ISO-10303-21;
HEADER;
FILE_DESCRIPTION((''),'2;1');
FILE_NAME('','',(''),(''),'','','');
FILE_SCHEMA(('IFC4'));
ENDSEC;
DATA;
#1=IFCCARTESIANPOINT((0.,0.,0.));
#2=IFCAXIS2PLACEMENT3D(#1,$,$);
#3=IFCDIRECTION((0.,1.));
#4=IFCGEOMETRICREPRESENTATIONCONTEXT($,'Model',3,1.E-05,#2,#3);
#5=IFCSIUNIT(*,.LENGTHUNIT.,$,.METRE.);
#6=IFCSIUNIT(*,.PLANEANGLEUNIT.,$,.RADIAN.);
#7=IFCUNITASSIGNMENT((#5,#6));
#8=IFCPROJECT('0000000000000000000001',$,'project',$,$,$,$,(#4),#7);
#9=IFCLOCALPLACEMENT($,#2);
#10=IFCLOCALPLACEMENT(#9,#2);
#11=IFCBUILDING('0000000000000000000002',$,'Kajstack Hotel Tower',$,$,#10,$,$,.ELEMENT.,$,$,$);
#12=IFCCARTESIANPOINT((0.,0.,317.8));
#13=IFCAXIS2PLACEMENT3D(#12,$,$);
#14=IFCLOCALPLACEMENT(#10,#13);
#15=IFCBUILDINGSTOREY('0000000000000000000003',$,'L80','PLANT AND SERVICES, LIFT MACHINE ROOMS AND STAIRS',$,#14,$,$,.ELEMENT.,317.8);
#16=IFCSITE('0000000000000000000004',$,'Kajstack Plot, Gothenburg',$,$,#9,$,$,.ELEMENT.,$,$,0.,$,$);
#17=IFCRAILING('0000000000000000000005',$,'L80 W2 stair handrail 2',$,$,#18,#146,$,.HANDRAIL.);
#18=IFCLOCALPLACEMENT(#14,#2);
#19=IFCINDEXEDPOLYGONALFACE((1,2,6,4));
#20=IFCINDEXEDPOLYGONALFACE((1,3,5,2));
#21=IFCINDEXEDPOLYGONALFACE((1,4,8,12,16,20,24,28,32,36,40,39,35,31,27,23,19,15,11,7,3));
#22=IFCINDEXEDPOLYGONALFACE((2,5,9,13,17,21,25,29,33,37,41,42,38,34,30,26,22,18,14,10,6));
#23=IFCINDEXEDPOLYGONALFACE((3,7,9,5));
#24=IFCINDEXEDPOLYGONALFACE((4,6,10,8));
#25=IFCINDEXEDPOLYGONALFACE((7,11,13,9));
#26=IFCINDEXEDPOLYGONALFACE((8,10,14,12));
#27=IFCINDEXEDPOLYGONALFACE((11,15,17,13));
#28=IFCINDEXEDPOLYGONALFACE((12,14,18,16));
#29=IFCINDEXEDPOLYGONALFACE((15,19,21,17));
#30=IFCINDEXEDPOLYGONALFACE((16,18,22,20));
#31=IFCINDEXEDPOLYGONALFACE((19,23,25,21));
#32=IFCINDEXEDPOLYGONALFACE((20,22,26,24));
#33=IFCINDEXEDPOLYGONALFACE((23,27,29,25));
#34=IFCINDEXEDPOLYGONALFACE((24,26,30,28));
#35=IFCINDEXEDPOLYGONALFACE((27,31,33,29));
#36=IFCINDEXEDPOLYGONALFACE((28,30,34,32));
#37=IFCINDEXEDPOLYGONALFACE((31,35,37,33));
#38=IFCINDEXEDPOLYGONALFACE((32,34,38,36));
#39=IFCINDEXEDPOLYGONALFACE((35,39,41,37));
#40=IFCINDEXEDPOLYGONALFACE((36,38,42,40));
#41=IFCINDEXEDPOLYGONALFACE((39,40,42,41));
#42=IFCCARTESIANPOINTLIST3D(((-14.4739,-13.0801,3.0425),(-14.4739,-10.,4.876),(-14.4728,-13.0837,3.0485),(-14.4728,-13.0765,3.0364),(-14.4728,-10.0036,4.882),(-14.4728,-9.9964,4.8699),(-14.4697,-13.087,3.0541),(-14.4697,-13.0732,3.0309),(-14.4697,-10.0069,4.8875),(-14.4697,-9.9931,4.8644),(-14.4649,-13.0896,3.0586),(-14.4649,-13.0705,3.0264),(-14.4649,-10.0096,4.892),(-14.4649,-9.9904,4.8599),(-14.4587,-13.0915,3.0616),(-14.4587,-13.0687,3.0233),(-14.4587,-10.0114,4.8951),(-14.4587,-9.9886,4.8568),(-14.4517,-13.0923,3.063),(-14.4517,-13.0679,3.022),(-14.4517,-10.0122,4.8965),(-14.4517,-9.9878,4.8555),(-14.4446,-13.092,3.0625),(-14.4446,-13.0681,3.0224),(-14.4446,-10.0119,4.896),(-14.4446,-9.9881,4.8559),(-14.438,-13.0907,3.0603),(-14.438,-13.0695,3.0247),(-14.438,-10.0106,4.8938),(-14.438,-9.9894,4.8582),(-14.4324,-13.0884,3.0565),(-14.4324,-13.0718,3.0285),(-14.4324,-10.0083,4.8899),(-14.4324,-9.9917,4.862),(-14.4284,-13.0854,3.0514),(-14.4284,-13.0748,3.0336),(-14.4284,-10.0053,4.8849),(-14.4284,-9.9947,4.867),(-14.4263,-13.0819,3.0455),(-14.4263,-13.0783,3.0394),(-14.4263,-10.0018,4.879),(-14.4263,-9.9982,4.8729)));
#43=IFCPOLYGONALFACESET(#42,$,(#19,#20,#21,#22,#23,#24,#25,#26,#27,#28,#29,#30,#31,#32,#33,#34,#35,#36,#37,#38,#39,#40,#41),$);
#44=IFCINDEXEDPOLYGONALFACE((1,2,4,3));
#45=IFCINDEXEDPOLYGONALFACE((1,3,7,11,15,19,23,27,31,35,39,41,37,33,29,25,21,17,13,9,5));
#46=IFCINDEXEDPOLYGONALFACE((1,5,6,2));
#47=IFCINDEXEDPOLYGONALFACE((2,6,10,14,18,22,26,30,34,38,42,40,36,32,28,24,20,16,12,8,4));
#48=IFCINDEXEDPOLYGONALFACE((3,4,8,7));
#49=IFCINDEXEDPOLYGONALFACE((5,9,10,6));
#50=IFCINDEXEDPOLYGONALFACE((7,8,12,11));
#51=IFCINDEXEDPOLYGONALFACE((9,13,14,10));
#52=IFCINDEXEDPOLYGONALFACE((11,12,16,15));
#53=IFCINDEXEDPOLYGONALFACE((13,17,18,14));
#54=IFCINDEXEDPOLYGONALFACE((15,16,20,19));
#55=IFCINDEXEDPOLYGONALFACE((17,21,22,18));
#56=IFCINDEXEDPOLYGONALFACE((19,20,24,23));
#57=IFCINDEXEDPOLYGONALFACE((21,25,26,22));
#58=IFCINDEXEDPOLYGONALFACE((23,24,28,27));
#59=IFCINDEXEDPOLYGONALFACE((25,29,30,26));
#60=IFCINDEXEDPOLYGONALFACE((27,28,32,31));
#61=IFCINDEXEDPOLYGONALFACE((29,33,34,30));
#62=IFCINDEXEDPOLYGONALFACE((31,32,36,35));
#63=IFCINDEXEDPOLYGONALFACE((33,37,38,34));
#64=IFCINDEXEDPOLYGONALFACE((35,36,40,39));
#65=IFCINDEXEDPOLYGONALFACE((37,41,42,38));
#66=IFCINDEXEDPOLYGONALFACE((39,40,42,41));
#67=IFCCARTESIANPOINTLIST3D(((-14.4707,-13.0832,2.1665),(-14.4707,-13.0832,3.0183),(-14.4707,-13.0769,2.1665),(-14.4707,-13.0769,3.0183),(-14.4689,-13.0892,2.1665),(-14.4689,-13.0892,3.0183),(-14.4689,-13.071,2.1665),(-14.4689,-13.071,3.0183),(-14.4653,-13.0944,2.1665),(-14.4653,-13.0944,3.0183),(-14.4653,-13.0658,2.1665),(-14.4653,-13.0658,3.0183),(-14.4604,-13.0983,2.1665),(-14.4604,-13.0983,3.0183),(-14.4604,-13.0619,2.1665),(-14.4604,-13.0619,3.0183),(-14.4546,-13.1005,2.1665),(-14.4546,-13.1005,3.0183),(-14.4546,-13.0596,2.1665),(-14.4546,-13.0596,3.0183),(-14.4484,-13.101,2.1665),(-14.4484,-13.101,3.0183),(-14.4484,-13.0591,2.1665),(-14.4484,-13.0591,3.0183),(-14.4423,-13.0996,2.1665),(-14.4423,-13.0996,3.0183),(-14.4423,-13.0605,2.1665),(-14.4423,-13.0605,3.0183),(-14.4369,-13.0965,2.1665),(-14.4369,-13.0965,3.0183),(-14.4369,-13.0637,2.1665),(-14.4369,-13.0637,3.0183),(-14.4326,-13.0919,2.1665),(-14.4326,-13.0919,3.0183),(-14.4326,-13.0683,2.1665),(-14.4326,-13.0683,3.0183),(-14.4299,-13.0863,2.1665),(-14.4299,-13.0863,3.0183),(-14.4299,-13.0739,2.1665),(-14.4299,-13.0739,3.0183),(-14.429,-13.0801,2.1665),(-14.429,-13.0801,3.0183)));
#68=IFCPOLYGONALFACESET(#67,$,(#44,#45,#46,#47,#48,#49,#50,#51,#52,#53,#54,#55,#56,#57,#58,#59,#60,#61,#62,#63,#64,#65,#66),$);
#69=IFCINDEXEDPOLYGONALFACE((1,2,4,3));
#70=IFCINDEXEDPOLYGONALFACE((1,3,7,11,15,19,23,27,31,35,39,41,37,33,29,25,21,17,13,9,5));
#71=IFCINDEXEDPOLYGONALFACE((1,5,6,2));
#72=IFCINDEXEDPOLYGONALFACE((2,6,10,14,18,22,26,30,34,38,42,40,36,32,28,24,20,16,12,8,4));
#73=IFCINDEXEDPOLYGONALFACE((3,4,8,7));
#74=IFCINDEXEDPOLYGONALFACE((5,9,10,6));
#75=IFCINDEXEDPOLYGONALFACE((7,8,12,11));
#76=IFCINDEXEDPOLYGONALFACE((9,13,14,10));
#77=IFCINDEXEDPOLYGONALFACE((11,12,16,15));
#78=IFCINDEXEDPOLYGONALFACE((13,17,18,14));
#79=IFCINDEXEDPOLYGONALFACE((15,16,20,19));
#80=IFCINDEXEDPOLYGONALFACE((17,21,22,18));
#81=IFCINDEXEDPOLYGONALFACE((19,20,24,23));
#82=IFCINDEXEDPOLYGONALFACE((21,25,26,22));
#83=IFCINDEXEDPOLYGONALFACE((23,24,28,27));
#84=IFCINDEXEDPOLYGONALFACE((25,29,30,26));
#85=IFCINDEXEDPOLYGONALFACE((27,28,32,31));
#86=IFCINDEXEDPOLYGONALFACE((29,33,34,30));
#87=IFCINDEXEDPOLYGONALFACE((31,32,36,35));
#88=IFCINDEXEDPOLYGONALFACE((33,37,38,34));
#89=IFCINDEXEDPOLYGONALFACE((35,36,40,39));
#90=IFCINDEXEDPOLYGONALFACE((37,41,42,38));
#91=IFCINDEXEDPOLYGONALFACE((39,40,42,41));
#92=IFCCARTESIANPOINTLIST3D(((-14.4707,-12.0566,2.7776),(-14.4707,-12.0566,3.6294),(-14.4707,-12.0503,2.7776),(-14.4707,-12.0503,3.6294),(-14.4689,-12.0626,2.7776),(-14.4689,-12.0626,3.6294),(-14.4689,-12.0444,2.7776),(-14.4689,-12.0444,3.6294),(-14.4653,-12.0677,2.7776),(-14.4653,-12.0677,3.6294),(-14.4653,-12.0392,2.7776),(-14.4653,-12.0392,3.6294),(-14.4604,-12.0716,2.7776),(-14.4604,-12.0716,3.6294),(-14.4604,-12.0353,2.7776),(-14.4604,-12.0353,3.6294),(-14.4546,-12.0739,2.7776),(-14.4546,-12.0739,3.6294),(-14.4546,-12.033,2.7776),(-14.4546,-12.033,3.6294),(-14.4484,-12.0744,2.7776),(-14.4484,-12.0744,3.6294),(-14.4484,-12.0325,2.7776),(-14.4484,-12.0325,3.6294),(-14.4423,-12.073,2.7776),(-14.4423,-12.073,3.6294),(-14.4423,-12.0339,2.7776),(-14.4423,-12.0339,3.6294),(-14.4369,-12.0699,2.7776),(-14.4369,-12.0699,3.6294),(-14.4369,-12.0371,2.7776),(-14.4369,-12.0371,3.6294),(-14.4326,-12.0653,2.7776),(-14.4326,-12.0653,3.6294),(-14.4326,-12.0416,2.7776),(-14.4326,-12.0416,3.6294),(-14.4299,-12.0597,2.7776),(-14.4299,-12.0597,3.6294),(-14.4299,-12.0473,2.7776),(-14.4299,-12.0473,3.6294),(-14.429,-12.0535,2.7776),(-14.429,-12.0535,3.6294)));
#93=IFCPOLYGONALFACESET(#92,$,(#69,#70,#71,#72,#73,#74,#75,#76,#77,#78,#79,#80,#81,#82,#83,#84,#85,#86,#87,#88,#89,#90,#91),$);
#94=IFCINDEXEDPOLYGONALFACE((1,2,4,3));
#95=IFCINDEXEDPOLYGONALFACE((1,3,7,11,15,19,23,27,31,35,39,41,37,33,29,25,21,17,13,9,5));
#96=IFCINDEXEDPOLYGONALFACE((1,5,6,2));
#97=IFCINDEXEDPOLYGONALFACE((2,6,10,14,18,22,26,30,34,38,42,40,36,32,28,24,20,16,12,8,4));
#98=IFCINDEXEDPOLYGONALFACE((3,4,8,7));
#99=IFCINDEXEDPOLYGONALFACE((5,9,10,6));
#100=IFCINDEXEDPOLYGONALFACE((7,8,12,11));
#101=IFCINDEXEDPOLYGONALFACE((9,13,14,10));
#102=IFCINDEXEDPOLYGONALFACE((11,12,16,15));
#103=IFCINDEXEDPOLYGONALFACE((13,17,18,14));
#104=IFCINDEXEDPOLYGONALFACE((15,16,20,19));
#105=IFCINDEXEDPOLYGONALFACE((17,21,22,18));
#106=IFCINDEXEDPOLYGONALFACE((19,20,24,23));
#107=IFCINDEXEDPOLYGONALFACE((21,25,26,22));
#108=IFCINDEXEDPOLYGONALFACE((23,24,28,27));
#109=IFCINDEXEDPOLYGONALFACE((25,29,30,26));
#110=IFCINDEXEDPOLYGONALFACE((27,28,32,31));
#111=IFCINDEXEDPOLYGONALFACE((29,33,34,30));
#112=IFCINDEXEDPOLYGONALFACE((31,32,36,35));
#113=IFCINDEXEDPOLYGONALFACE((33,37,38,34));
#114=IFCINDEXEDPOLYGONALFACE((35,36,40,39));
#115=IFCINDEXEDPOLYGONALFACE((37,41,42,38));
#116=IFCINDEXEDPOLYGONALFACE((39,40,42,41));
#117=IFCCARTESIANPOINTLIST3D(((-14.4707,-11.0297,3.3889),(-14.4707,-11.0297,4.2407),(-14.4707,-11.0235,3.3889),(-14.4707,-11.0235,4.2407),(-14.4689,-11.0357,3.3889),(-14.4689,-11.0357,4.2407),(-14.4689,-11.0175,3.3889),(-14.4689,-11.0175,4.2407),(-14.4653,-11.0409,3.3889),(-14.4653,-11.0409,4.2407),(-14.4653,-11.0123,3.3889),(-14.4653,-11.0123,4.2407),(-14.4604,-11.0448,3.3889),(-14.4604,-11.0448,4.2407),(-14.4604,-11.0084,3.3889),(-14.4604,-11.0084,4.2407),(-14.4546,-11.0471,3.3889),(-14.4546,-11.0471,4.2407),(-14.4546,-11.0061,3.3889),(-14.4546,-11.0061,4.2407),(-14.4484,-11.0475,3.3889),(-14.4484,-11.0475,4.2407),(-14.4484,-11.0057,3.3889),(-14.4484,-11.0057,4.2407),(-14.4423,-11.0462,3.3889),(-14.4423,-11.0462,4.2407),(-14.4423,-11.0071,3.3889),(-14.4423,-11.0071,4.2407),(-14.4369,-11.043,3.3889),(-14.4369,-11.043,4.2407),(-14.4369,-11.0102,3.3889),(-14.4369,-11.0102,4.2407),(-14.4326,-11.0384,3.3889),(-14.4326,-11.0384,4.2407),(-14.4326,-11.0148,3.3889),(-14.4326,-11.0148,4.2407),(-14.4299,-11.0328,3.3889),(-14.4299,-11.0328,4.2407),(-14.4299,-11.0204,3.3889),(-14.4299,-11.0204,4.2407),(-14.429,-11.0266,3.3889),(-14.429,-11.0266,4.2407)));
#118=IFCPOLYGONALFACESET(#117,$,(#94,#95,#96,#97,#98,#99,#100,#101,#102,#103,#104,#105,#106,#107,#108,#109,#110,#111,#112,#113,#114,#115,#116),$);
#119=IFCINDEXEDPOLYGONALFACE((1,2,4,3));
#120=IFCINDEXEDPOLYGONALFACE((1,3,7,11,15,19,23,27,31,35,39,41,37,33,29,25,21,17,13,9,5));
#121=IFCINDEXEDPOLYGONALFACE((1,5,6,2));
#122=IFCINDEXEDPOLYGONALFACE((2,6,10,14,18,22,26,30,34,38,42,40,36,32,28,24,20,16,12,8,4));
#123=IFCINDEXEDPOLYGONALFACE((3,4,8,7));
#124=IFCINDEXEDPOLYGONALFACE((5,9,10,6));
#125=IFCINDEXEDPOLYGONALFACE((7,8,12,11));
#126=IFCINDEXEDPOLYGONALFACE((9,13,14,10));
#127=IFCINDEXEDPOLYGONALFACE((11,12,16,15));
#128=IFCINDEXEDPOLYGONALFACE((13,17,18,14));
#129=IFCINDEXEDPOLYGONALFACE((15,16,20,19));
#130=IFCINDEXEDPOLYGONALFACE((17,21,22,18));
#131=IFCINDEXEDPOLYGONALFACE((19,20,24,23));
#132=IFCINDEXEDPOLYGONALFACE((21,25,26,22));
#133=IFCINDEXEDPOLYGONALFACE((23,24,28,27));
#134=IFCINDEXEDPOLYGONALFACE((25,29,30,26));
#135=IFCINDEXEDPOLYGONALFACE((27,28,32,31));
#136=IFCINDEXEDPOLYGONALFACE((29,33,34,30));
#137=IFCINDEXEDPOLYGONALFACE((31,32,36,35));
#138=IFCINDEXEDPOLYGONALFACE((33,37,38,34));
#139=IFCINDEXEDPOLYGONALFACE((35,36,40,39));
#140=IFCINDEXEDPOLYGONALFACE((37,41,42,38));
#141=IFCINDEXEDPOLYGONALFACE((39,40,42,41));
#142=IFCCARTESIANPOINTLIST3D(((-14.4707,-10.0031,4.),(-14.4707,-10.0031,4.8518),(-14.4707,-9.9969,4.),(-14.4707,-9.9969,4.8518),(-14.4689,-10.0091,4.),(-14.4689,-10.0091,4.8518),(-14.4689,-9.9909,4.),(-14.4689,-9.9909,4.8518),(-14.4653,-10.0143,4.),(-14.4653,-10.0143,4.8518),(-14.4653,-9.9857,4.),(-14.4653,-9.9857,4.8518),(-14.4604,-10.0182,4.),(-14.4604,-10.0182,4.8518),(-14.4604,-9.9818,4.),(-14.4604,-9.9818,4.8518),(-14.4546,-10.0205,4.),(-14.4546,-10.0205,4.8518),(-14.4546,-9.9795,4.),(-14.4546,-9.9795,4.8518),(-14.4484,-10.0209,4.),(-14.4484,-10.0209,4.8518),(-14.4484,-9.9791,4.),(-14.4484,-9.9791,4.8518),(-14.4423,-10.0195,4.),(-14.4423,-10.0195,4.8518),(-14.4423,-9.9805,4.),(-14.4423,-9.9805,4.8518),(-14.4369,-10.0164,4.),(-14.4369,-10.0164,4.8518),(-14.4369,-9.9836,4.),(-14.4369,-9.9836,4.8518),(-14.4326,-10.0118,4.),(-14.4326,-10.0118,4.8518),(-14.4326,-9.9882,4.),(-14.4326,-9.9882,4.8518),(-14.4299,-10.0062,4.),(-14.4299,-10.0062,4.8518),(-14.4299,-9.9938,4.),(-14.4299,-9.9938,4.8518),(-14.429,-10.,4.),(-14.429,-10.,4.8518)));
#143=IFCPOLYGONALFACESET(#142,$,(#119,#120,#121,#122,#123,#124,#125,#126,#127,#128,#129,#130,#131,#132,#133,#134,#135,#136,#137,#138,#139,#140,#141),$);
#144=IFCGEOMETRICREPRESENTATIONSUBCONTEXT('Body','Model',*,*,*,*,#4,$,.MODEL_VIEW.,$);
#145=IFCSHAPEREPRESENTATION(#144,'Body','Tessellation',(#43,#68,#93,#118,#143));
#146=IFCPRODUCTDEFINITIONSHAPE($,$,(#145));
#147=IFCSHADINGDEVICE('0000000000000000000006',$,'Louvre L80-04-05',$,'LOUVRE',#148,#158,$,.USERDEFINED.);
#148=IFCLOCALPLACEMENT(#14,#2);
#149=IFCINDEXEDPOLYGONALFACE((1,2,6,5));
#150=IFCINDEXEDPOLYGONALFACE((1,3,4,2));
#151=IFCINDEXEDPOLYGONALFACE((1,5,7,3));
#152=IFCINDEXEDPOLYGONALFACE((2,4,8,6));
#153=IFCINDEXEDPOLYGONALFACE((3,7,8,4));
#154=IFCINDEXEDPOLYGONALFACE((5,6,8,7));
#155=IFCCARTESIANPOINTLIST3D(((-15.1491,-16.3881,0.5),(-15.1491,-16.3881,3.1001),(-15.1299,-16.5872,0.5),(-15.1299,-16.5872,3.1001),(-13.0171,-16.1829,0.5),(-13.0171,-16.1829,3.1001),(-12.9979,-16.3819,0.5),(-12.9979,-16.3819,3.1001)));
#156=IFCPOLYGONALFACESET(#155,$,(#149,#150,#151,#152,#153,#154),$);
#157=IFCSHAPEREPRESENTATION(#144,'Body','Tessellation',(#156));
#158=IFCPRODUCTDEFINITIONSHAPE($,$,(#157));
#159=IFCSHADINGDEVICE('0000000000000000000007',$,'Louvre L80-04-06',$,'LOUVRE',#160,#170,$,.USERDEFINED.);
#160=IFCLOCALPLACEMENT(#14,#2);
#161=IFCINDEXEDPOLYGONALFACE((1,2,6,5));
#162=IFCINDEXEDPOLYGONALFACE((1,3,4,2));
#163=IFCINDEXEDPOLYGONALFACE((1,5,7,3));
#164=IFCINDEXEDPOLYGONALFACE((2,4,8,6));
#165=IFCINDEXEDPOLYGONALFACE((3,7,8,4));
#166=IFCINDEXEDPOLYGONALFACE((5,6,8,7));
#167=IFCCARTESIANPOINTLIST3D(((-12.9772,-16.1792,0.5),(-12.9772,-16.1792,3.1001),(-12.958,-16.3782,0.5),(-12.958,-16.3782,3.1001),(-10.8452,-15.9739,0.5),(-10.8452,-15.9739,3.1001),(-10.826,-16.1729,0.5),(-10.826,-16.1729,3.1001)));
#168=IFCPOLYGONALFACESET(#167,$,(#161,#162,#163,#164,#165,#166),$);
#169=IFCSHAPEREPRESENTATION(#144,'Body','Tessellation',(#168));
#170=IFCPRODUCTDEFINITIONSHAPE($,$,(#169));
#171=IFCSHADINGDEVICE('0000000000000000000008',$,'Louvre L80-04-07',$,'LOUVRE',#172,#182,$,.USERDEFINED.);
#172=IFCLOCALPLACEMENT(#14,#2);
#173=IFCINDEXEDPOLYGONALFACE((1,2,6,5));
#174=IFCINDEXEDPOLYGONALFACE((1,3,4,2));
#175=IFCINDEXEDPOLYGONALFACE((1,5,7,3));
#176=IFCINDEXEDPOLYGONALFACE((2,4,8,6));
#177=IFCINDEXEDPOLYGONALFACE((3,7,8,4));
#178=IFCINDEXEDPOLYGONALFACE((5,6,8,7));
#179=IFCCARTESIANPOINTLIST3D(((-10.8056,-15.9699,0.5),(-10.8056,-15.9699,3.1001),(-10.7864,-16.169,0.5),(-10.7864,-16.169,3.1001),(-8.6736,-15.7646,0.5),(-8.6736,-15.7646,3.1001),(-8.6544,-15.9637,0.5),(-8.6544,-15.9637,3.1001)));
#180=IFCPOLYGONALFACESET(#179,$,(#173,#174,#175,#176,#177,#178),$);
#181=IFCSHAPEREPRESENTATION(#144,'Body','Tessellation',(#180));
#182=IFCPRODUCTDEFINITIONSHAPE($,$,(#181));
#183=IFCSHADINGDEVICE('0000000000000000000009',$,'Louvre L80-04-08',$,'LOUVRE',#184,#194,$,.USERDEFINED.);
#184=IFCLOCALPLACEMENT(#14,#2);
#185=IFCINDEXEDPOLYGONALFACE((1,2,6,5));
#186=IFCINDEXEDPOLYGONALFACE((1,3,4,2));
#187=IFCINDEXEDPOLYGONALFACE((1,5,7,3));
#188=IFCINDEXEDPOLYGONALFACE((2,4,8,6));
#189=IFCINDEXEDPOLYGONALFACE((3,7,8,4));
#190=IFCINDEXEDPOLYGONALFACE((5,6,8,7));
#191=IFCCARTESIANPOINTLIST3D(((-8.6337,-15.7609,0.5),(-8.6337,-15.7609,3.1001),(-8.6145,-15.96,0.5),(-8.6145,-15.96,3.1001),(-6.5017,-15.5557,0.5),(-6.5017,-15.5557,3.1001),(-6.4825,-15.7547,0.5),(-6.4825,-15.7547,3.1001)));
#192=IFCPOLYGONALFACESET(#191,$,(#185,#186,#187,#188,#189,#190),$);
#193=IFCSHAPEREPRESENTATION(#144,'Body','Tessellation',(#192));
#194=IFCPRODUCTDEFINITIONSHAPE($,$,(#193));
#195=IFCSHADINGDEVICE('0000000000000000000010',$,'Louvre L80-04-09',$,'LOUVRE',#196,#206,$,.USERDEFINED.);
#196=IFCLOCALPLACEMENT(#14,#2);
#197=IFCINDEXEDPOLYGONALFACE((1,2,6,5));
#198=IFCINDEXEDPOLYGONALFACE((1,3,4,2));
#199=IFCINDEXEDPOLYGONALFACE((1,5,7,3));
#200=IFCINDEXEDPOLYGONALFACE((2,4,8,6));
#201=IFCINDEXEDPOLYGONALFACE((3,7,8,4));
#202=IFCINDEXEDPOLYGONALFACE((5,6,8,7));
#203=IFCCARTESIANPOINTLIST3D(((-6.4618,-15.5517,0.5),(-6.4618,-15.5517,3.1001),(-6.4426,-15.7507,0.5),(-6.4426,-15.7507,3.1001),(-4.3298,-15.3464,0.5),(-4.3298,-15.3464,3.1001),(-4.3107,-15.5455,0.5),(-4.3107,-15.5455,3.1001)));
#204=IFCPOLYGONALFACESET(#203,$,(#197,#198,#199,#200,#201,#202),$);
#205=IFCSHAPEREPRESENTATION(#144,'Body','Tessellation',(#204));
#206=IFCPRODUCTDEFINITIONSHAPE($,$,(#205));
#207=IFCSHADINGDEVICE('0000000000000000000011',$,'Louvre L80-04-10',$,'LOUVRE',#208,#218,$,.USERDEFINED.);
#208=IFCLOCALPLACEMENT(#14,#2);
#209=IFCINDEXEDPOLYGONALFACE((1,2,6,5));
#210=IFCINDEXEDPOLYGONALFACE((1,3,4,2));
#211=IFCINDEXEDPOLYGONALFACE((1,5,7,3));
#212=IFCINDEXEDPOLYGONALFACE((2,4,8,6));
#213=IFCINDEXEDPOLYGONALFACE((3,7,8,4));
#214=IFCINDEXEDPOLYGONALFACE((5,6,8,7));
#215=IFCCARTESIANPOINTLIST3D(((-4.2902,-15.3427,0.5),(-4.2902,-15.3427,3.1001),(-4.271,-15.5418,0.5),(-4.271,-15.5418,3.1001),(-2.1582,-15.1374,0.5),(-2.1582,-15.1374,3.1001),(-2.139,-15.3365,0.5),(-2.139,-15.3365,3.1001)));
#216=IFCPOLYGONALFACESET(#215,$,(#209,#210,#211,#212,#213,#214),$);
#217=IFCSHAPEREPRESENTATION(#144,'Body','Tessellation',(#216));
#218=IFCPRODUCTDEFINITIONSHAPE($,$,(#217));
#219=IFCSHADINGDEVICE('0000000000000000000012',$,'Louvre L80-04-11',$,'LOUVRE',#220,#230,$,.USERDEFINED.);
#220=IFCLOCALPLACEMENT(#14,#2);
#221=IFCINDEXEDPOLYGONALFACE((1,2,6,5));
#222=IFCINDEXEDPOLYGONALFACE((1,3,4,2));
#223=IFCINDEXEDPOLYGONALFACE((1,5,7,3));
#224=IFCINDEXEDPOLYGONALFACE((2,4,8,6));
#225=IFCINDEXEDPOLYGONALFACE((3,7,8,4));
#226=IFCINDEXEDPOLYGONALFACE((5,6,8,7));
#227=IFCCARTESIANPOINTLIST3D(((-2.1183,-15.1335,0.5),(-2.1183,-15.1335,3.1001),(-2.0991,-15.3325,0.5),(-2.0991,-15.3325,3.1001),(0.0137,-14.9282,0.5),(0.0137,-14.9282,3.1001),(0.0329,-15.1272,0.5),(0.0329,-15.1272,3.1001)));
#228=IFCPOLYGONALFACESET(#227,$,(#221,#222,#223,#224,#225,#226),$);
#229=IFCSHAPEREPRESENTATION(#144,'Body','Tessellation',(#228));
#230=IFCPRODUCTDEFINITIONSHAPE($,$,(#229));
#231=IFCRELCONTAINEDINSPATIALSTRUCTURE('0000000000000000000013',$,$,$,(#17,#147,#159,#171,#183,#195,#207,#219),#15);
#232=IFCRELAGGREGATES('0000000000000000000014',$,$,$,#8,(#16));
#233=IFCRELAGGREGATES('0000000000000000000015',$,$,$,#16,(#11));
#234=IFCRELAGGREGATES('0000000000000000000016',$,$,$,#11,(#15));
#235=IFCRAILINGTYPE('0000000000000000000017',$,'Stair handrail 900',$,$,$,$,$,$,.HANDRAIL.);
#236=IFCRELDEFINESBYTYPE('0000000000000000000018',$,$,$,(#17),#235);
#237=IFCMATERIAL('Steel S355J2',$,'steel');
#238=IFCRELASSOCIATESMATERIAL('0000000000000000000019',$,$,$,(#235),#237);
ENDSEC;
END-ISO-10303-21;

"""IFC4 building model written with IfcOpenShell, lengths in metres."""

from ifc_helpers import new_model, si_unit, direction, frame, origin, origin_2d, place, context, subcontext, project, spatial, rectangle, circle, extrude, material, type_object, element, save


model = new_model("IFC4")

# Units and contexts
model_context = context("Model", 3, precision=1e-05, world=origin(), true_north=direction((0.0, 1.0)))
body_context = subcontext(model_context, "Body", "Model", "MODEL_VIEW")
ifc_project = project(units=[si_unit("LENGTHUNIT", "METRE"), si_unit("PLANEANGLEUNIT", "RADIAN")], contexts=[model_context])

# Site, building, storey
site_placement = place(None, origin())
site = spatial("IfcSite", under=ifc_project, at=site_placement, Name="Kajstack Plot, Gothenburg", CompositionType="ELEMENT", RefElevation=0.0)
building_placement = place(site_placement, origin())
building = spatial("IfcBuilding", under=site, at=building_placement, Name="Kajstack Hotel Tower", CompositionType="ELEMENT")
storey_placement = place(building_placement, frame((0.0, 0.0, 317.8)))
storey = spatial("IfcBuildingStorey", under=building, at=storey_placement, Name="L80", Description="PLANT AND SERVICES, LIFT MACHINE ROOMS AND STAIRS", CompositionType="ELEMENT", Elevation=317.8)

# Shared definitions
ifc_material_1 = material(Name="Steel S355J2", Category="steel")

# Railing
railing_type = type_object("IfcRailingType", Name="Stair handrail 900", PredefinedType="HANDRAIL", material=ifc_material_1)
railing_placement = place(storey_placement, frame((-14.45, -13.0801, 2.1665)))
element("IfcRailing", 1, at=railing_placement, inside=storey, type_object=railing_type, Name="L80 W2 stair handrail 2", PredefinedType="HANDRAIL", context=body_context, shape_type="SweptSolid", body=[
    extrude(circle(Radius=0.0239, at=origin_2d()), frame((0.0, 0.0, 0.876), z_axis=(0.0, 0.859279, 0.511508), x_axis=(-1.0, 0.0, 0.0)), (0.0, 0.0, 1.0), 3.5845),
    extrude(circle(Radius=0.021, at=origin_2d()), origin(), (0.0, 0.0, 1.0), 0.8518),
    extrude(circle(Radius=0.021, at=origin_2d()), frame((0.0, 1.0266, 0.6111)), (0.0, 0.0, 1.0), 0.8518),
    extrude(circle(Radius=0.021, at=origin_2d()), frame((0.0, 2.0535, 1.2224)), (0.0, 0.0, 1.0), 0.8518),
    extrude(circle(Radius=0.021, at=origin_2d()), frame((0.0, 3.0801, 1.8335)), (0.0, 0.0, 1.0), 0.8518),
])

# Shading devices
for number, where, z_axis, x_axis, name in (
    (2, (-14.0735, -16.385, 0.5), (0.0, 0.0, 1.0), (0.995396, 0.095846, 0.0), "Louvre L80-04-05"),
    (3, (-11.9016, -16.176, 0.5), (0.0, 0.0, 1.0), (0.995396, 0.095846, 0.0), "Louvre L80-04-06"),
    (4, (-9.73, -15.9668, 0.5), (0.0, 0.0, 1.0), (0.995396, 0.095846, 0.0), "Louvre L80-04-07"),
    (5, (-7.5581, -15.7578, 0.5), (0.0, 0.0, 1.0), (0.995396, 0.095846, 0.0), "Louvre L80-04-08"),
    (6, (-5.3862, -15.5486, 0.5), (0.0, 0.0, 1.0), (0.995396, 0.095846, 0.0), "Louvre L80-04-09"),
    (7, (-3.2146, -15.3396, 0.5), (0.0, 0.0, 1.0), (0.995396, 0.095846, 0.0), "Louvre L80-04-10"),
    (8, (-1.0427, -15.1304, 0.5), (0.0, 0.0, 1.0), (0.995396, 0.095846, 0.0), "Louvre L80-04-11"),
):
    element("IfcShadingDevice", number, at=place(storey_placement, frame(where, z_axis=z_axis, x_axis=x_axis)), inside=storey, Name=name, ObjectType="LOUVRE", PredefinedType="USERDEFINED", context=body_context, shape_type="SweptSolid", body=[
        extrude(rectangle(XDim=2.1418, YDim=0.2, at=origin_2d()), origin(), (0.0, 0.0, 1.0), 2.6001),
    ])

save(model, "model.ifc")
